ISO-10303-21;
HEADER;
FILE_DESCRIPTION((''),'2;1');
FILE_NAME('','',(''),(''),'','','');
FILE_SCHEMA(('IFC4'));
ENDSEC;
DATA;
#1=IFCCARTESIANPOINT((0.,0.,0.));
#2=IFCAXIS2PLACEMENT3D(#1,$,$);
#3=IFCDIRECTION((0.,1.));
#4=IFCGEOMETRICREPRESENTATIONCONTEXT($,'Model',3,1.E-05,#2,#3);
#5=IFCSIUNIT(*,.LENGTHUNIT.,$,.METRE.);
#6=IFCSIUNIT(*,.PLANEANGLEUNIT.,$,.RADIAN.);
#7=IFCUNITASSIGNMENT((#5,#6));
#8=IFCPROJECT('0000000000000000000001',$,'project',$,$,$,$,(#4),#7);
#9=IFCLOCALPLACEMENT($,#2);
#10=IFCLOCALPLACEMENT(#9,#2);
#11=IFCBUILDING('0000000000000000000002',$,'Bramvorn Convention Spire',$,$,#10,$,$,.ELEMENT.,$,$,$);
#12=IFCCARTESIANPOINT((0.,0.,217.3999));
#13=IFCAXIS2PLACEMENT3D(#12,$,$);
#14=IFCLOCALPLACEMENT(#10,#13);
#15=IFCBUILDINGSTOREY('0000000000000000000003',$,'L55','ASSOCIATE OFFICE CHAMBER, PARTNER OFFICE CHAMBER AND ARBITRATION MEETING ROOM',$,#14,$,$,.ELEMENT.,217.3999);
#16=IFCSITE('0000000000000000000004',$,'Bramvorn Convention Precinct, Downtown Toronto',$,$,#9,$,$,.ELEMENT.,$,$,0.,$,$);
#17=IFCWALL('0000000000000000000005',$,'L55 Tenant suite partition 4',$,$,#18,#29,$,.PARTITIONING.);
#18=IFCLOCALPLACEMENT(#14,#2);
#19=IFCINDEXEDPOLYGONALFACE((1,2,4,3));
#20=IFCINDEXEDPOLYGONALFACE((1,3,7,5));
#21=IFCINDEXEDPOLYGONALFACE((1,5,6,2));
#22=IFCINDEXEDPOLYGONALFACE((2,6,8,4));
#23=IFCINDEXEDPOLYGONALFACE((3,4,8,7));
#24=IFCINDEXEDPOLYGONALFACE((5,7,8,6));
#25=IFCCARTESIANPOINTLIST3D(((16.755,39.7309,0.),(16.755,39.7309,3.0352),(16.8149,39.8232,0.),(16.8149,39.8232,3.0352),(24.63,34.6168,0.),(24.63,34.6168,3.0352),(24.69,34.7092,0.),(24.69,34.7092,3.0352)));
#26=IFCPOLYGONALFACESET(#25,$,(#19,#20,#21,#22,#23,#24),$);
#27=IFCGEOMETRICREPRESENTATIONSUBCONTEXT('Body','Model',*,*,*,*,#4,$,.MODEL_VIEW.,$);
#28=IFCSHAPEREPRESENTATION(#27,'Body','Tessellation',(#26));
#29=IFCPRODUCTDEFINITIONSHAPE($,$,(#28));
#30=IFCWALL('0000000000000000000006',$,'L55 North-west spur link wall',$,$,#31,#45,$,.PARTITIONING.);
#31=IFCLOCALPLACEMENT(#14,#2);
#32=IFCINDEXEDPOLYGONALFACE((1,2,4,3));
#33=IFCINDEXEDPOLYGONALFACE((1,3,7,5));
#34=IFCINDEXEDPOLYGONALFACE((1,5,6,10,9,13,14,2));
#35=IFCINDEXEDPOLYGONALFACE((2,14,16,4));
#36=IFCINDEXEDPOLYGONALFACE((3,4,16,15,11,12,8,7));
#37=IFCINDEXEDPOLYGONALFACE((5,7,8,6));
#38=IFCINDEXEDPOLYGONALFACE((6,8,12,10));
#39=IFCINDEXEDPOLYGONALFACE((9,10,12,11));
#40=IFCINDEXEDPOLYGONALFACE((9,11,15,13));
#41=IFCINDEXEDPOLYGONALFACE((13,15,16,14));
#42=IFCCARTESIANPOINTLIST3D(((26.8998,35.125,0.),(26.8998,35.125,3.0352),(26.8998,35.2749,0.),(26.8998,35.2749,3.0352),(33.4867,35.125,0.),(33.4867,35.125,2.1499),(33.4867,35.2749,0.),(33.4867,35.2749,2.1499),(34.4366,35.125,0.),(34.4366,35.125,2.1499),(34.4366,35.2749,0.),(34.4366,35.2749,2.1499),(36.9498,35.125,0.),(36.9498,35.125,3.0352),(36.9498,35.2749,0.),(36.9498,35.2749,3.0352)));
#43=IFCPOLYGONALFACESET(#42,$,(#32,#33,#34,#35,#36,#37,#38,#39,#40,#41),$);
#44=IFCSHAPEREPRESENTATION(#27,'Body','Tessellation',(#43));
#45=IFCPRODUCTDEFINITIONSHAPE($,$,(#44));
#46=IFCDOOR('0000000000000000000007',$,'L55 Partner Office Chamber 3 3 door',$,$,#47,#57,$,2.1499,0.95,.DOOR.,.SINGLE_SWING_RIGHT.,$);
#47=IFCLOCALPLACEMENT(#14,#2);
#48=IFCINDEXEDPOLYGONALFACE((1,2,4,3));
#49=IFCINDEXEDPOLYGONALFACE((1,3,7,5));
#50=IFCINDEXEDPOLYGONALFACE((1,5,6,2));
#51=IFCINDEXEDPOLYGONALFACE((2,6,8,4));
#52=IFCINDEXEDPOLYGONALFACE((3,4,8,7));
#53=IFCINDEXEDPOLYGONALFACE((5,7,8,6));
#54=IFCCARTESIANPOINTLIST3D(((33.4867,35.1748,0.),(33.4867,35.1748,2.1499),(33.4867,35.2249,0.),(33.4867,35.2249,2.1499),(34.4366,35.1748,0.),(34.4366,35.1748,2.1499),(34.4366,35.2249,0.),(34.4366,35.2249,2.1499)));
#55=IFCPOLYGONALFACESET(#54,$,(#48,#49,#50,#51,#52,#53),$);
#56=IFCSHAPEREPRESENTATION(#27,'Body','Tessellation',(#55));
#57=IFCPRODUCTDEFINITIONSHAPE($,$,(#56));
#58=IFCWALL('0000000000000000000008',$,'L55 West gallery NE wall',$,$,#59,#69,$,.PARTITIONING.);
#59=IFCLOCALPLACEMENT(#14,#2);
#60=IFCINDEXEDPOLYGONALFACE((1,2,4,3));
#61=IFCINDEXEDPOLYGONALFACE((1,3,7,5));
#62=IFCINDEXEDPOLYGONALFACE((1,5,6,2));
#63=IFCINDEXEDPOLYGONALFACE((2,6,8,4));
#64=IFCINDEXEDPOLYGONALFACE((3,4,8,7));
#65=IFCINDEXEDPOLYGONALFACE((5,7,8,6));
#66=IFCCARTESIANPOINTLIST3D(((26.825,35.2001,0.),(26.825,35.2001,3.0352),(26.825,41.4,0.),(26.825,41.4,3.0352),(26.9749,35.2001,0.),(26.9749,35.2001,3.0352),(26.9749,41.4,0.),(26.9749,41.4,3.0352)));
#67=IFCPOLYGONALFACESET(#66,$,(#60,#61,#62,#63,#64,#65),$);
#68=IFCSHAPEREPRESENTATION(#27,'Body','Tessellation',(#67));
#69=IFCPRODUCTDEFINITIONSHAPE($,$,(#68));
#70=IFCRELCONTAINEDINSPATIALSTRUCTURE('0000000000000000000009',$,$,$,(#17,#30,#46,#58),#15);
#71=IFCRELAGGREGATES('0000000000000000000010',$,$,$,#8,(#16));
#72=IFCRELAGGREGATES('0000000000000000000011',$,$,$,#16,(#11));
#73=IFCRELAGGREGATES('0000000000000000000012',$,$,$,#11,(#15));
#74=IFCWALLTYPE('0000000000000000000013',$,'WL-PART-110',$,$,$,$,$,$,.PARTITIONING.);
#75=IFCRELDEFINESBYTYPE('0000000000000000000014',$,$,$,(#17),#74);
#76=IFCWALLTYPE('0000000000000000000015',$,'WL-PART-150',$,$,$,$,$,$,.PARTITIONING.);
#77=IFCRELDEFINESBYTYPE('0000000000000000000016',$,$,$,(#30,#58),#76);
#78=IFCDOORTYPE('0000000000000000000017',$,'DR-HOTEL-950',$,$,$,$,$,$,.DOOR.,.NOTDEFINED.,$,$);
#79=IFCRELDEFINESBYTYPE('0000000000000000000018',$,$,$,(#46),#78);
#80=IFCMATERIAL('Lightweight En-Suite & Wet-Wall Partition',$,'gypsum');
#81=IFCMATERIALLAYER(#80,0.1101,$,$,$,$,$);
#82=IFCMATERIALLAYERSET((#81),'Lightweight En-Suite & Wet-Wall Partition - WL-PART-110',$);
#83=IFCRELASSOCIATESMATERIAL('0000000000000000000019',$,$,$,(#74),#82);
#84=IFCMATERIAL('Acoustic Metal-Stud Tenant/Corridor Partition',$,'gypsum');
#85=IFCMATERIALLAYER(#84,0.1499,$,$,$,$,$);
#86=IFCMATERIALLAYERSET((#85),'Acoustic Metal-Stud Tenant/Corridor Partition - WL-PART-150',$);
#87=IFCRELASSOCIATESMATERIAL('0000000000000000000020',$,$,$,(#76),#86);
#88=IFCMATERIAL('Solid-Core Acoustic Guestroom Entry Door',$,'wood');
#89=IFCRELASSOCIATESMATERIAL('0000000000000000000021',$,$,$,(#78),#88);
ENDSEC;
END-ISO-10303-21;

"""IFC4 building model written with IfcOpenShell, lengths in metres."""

from ifc_helpers import new_model, si_unit, direction, frame, frame_2d, origin, place, context, subcontext, project, spatial, rectangle, extrude, material, layer, layer_set, type_object, element, fill, save


model = new_model("IFC4")

# Units and contexts
model_context = context("Model", 3, precision=1e-05, world=origin(), true_north=direction((0.0, 1.0)))
body_context = subcontext(model_context, "Body", "Model", "MODEL_VIEW")
ifc_project = project(units=[si_unit("LENGTHUNIT", "METRE"), si_unit("PLANEANGLEUNIT", "RADIAN")], contexts=[model_context])

# Site, building, storey
site_placement = place(None, origin())
site = spatial("IfcSite", under=ifc_project, at=site_placement, Name="Bramvorn Convention Precinct, Downtown Toronto", CompositionType="ELEMENT", RefElevation=0.0)
building_placement = place(site_placement, origin())
building = spatial("IfcBuilding", under=site, at=building_placement, Name="Bramvorn Convention Spire", CompositionType="ELEMENT")
storey_placement = place(building_placement, frame((0.0, 0.0, 217.3999)))
storey = spatial("IfcBuildingStorey", under=building, at=storey_placement, Name="L55", Description="ASSOCIATE OFFICE CHAMBER, PARTNER OFFICE CHAMBER AND ARBITRATION MEETING ROOM", CompositionType="ELEMENT", Elevation=217.3999)

# Wall
ifc_material_1 = material(Name="Lightweight En-Suite & Wet-Wall Partition", Category="gypsum")
ifc_layer_1 = layer(ifc_material_1, 0.1101)
ifc_layer_set_1 = layer_set([ifc_layer_1], Name="Lightweight En-Suite & Wet-Wall Partition - WL-PART-110")
wall_type_1 = type_object("IfcWallType", Name="WL-PART-110", PredefinedType="PARTITIONING", material=ifc_layer_set_1)
wall_1_placement = place(storey_placement, frame((24.6599, 34.6631, 0.0), z_axis=(0.0, 0.0, 1.0), x_axis=(-0.838674, 0.544634, 0.0)))
element("IfcWall", 1, at=wall_1_placement, inside=storey, type_object=wall_type_1, Name="L55 Tenant suite partition 4", PredefinedType="PARTITIONING", context=body_context, shape_type="SweptSolid", body=[
    extrude(rectangle(XDim=9.3899, YDim=0.1101, at=frame_2d((4.6948, 0.0))), origin(), (0.0, 0.0, 1.0), 3.0352),
])

# Wall, opening, door
ifc_material_2 = material(Name="Acoustic Metal-Stud Tenant/Corridor Partition", Category="gypsum")
ifc_layer_2 = layer(ifc_material_2, 0.1499)
ifc_layer_set_2 = layer_set([ifc_layer_2], Name="Acoustic Metal-Stud Tenant/Corridor Partition - WL-PART-150")
wall_type_2 = type_object("IfcWallType", Name="WL-PART-150", PredefinedType="PARTITIONING", material=ifc_layer_set_2)
wall_2_placement = place(storey_placement, frame((26.8999, 35.2, 0.0), z_axis=(0.0, 0.0, 1.0), x_axis=(1.0, 0.0, 0.0)))
wall_2 = element("IfcWall", 2, at=wall_2_placement, inside=storey, type_object=wall_type_2, Name="L55 North-west spur link wall", PredefinedType="PARTITIONING", context=body_context, shape_type="SweptSolid", body=[
    extrude(rectangle(XDim=10.05, YDim=0.1499, at=frame_2d((5.0249, 0.0))), origin(), (0.0, 0.0, 1.0), 3.0352),
])
opening_1_placement = place(wall_2_placement, frame((6.5867, 0.0, 0.0)))
opening_1 = element("IfcOpeningElement", 3, at=opening_1_placement, cuts=wall_2, PredefinedType="OPENING", context=body_context, shape_type="SweptSolid", body=[
    extrude(rectangle(XDim=0.95, YDim=2.1499, at=frame_2d((0.4751, 1.075))), frame((0.0, 0.085, 0.0), z_axis=(0.0, -1.0, 0.0), x_axis=(1.0, 0.0, 0.0)), (0.0, 0.0, 1.0), 0.1699),
])
ifc_material_3 = material(Name="Solid-Core Acoustic Guestroom Entry Door", Category="wood")
door_type_1 = type_object("IfcDoorType", Name="DR-HOTEL-950", OperationType="NOTDEFINED", PredefinedType="DOOR", material=ifc_material_3)
door_1_placement = place(opening_1_placement, origin())
door_1 = element("IfcDoor", 4, at=door_1_placement, inside=storey, type_object=door_type_1, Name="L55 Partner Office Chamber 3 3 door", OperationType="SINGLE_SWING_RIGHT", OverallHeight=2.1499, OverallWidth=0.95, PredefinedType="DOOR", context=body_context, shape_type="SweptSolid", body=[
    extrude(rectangle(XDim=0.95, YDim=2.1499, at=frame_2d((0.4751, 1.075))), frame((0.0, 0.0249, 0.0), z_axis=(0.0, -1.0, 0.0), x_axis=(1.0, 0.0, 0.0)), (0.0, 0.0, 1.0), 0.05),
])
fill(opening_1, door_1)

# Wall
wall_3_placement = place(storey_placement, frame((26.8999, 35.2, 0.0), z_axis=(0.0, 0.0, 1.0), x_axis=(0.0, 1.0, 0.0)))
element("IfcWall", 5, at=wall_3_placement, inside=storey, type_object=wall_type_2, Name="L55 West gallery NE wall", PredefinedType="PARTITIONING", context=body_context, shape_type="SweptSolid", body=[
    extrude(rectangle(XDim=6.2, YDim=0.1499, at=frame_2d((3.1001, 0.0))), origin(), (0.0, 0.0, 1.0), 3.0352),
])

save(model, "model.ifc")
